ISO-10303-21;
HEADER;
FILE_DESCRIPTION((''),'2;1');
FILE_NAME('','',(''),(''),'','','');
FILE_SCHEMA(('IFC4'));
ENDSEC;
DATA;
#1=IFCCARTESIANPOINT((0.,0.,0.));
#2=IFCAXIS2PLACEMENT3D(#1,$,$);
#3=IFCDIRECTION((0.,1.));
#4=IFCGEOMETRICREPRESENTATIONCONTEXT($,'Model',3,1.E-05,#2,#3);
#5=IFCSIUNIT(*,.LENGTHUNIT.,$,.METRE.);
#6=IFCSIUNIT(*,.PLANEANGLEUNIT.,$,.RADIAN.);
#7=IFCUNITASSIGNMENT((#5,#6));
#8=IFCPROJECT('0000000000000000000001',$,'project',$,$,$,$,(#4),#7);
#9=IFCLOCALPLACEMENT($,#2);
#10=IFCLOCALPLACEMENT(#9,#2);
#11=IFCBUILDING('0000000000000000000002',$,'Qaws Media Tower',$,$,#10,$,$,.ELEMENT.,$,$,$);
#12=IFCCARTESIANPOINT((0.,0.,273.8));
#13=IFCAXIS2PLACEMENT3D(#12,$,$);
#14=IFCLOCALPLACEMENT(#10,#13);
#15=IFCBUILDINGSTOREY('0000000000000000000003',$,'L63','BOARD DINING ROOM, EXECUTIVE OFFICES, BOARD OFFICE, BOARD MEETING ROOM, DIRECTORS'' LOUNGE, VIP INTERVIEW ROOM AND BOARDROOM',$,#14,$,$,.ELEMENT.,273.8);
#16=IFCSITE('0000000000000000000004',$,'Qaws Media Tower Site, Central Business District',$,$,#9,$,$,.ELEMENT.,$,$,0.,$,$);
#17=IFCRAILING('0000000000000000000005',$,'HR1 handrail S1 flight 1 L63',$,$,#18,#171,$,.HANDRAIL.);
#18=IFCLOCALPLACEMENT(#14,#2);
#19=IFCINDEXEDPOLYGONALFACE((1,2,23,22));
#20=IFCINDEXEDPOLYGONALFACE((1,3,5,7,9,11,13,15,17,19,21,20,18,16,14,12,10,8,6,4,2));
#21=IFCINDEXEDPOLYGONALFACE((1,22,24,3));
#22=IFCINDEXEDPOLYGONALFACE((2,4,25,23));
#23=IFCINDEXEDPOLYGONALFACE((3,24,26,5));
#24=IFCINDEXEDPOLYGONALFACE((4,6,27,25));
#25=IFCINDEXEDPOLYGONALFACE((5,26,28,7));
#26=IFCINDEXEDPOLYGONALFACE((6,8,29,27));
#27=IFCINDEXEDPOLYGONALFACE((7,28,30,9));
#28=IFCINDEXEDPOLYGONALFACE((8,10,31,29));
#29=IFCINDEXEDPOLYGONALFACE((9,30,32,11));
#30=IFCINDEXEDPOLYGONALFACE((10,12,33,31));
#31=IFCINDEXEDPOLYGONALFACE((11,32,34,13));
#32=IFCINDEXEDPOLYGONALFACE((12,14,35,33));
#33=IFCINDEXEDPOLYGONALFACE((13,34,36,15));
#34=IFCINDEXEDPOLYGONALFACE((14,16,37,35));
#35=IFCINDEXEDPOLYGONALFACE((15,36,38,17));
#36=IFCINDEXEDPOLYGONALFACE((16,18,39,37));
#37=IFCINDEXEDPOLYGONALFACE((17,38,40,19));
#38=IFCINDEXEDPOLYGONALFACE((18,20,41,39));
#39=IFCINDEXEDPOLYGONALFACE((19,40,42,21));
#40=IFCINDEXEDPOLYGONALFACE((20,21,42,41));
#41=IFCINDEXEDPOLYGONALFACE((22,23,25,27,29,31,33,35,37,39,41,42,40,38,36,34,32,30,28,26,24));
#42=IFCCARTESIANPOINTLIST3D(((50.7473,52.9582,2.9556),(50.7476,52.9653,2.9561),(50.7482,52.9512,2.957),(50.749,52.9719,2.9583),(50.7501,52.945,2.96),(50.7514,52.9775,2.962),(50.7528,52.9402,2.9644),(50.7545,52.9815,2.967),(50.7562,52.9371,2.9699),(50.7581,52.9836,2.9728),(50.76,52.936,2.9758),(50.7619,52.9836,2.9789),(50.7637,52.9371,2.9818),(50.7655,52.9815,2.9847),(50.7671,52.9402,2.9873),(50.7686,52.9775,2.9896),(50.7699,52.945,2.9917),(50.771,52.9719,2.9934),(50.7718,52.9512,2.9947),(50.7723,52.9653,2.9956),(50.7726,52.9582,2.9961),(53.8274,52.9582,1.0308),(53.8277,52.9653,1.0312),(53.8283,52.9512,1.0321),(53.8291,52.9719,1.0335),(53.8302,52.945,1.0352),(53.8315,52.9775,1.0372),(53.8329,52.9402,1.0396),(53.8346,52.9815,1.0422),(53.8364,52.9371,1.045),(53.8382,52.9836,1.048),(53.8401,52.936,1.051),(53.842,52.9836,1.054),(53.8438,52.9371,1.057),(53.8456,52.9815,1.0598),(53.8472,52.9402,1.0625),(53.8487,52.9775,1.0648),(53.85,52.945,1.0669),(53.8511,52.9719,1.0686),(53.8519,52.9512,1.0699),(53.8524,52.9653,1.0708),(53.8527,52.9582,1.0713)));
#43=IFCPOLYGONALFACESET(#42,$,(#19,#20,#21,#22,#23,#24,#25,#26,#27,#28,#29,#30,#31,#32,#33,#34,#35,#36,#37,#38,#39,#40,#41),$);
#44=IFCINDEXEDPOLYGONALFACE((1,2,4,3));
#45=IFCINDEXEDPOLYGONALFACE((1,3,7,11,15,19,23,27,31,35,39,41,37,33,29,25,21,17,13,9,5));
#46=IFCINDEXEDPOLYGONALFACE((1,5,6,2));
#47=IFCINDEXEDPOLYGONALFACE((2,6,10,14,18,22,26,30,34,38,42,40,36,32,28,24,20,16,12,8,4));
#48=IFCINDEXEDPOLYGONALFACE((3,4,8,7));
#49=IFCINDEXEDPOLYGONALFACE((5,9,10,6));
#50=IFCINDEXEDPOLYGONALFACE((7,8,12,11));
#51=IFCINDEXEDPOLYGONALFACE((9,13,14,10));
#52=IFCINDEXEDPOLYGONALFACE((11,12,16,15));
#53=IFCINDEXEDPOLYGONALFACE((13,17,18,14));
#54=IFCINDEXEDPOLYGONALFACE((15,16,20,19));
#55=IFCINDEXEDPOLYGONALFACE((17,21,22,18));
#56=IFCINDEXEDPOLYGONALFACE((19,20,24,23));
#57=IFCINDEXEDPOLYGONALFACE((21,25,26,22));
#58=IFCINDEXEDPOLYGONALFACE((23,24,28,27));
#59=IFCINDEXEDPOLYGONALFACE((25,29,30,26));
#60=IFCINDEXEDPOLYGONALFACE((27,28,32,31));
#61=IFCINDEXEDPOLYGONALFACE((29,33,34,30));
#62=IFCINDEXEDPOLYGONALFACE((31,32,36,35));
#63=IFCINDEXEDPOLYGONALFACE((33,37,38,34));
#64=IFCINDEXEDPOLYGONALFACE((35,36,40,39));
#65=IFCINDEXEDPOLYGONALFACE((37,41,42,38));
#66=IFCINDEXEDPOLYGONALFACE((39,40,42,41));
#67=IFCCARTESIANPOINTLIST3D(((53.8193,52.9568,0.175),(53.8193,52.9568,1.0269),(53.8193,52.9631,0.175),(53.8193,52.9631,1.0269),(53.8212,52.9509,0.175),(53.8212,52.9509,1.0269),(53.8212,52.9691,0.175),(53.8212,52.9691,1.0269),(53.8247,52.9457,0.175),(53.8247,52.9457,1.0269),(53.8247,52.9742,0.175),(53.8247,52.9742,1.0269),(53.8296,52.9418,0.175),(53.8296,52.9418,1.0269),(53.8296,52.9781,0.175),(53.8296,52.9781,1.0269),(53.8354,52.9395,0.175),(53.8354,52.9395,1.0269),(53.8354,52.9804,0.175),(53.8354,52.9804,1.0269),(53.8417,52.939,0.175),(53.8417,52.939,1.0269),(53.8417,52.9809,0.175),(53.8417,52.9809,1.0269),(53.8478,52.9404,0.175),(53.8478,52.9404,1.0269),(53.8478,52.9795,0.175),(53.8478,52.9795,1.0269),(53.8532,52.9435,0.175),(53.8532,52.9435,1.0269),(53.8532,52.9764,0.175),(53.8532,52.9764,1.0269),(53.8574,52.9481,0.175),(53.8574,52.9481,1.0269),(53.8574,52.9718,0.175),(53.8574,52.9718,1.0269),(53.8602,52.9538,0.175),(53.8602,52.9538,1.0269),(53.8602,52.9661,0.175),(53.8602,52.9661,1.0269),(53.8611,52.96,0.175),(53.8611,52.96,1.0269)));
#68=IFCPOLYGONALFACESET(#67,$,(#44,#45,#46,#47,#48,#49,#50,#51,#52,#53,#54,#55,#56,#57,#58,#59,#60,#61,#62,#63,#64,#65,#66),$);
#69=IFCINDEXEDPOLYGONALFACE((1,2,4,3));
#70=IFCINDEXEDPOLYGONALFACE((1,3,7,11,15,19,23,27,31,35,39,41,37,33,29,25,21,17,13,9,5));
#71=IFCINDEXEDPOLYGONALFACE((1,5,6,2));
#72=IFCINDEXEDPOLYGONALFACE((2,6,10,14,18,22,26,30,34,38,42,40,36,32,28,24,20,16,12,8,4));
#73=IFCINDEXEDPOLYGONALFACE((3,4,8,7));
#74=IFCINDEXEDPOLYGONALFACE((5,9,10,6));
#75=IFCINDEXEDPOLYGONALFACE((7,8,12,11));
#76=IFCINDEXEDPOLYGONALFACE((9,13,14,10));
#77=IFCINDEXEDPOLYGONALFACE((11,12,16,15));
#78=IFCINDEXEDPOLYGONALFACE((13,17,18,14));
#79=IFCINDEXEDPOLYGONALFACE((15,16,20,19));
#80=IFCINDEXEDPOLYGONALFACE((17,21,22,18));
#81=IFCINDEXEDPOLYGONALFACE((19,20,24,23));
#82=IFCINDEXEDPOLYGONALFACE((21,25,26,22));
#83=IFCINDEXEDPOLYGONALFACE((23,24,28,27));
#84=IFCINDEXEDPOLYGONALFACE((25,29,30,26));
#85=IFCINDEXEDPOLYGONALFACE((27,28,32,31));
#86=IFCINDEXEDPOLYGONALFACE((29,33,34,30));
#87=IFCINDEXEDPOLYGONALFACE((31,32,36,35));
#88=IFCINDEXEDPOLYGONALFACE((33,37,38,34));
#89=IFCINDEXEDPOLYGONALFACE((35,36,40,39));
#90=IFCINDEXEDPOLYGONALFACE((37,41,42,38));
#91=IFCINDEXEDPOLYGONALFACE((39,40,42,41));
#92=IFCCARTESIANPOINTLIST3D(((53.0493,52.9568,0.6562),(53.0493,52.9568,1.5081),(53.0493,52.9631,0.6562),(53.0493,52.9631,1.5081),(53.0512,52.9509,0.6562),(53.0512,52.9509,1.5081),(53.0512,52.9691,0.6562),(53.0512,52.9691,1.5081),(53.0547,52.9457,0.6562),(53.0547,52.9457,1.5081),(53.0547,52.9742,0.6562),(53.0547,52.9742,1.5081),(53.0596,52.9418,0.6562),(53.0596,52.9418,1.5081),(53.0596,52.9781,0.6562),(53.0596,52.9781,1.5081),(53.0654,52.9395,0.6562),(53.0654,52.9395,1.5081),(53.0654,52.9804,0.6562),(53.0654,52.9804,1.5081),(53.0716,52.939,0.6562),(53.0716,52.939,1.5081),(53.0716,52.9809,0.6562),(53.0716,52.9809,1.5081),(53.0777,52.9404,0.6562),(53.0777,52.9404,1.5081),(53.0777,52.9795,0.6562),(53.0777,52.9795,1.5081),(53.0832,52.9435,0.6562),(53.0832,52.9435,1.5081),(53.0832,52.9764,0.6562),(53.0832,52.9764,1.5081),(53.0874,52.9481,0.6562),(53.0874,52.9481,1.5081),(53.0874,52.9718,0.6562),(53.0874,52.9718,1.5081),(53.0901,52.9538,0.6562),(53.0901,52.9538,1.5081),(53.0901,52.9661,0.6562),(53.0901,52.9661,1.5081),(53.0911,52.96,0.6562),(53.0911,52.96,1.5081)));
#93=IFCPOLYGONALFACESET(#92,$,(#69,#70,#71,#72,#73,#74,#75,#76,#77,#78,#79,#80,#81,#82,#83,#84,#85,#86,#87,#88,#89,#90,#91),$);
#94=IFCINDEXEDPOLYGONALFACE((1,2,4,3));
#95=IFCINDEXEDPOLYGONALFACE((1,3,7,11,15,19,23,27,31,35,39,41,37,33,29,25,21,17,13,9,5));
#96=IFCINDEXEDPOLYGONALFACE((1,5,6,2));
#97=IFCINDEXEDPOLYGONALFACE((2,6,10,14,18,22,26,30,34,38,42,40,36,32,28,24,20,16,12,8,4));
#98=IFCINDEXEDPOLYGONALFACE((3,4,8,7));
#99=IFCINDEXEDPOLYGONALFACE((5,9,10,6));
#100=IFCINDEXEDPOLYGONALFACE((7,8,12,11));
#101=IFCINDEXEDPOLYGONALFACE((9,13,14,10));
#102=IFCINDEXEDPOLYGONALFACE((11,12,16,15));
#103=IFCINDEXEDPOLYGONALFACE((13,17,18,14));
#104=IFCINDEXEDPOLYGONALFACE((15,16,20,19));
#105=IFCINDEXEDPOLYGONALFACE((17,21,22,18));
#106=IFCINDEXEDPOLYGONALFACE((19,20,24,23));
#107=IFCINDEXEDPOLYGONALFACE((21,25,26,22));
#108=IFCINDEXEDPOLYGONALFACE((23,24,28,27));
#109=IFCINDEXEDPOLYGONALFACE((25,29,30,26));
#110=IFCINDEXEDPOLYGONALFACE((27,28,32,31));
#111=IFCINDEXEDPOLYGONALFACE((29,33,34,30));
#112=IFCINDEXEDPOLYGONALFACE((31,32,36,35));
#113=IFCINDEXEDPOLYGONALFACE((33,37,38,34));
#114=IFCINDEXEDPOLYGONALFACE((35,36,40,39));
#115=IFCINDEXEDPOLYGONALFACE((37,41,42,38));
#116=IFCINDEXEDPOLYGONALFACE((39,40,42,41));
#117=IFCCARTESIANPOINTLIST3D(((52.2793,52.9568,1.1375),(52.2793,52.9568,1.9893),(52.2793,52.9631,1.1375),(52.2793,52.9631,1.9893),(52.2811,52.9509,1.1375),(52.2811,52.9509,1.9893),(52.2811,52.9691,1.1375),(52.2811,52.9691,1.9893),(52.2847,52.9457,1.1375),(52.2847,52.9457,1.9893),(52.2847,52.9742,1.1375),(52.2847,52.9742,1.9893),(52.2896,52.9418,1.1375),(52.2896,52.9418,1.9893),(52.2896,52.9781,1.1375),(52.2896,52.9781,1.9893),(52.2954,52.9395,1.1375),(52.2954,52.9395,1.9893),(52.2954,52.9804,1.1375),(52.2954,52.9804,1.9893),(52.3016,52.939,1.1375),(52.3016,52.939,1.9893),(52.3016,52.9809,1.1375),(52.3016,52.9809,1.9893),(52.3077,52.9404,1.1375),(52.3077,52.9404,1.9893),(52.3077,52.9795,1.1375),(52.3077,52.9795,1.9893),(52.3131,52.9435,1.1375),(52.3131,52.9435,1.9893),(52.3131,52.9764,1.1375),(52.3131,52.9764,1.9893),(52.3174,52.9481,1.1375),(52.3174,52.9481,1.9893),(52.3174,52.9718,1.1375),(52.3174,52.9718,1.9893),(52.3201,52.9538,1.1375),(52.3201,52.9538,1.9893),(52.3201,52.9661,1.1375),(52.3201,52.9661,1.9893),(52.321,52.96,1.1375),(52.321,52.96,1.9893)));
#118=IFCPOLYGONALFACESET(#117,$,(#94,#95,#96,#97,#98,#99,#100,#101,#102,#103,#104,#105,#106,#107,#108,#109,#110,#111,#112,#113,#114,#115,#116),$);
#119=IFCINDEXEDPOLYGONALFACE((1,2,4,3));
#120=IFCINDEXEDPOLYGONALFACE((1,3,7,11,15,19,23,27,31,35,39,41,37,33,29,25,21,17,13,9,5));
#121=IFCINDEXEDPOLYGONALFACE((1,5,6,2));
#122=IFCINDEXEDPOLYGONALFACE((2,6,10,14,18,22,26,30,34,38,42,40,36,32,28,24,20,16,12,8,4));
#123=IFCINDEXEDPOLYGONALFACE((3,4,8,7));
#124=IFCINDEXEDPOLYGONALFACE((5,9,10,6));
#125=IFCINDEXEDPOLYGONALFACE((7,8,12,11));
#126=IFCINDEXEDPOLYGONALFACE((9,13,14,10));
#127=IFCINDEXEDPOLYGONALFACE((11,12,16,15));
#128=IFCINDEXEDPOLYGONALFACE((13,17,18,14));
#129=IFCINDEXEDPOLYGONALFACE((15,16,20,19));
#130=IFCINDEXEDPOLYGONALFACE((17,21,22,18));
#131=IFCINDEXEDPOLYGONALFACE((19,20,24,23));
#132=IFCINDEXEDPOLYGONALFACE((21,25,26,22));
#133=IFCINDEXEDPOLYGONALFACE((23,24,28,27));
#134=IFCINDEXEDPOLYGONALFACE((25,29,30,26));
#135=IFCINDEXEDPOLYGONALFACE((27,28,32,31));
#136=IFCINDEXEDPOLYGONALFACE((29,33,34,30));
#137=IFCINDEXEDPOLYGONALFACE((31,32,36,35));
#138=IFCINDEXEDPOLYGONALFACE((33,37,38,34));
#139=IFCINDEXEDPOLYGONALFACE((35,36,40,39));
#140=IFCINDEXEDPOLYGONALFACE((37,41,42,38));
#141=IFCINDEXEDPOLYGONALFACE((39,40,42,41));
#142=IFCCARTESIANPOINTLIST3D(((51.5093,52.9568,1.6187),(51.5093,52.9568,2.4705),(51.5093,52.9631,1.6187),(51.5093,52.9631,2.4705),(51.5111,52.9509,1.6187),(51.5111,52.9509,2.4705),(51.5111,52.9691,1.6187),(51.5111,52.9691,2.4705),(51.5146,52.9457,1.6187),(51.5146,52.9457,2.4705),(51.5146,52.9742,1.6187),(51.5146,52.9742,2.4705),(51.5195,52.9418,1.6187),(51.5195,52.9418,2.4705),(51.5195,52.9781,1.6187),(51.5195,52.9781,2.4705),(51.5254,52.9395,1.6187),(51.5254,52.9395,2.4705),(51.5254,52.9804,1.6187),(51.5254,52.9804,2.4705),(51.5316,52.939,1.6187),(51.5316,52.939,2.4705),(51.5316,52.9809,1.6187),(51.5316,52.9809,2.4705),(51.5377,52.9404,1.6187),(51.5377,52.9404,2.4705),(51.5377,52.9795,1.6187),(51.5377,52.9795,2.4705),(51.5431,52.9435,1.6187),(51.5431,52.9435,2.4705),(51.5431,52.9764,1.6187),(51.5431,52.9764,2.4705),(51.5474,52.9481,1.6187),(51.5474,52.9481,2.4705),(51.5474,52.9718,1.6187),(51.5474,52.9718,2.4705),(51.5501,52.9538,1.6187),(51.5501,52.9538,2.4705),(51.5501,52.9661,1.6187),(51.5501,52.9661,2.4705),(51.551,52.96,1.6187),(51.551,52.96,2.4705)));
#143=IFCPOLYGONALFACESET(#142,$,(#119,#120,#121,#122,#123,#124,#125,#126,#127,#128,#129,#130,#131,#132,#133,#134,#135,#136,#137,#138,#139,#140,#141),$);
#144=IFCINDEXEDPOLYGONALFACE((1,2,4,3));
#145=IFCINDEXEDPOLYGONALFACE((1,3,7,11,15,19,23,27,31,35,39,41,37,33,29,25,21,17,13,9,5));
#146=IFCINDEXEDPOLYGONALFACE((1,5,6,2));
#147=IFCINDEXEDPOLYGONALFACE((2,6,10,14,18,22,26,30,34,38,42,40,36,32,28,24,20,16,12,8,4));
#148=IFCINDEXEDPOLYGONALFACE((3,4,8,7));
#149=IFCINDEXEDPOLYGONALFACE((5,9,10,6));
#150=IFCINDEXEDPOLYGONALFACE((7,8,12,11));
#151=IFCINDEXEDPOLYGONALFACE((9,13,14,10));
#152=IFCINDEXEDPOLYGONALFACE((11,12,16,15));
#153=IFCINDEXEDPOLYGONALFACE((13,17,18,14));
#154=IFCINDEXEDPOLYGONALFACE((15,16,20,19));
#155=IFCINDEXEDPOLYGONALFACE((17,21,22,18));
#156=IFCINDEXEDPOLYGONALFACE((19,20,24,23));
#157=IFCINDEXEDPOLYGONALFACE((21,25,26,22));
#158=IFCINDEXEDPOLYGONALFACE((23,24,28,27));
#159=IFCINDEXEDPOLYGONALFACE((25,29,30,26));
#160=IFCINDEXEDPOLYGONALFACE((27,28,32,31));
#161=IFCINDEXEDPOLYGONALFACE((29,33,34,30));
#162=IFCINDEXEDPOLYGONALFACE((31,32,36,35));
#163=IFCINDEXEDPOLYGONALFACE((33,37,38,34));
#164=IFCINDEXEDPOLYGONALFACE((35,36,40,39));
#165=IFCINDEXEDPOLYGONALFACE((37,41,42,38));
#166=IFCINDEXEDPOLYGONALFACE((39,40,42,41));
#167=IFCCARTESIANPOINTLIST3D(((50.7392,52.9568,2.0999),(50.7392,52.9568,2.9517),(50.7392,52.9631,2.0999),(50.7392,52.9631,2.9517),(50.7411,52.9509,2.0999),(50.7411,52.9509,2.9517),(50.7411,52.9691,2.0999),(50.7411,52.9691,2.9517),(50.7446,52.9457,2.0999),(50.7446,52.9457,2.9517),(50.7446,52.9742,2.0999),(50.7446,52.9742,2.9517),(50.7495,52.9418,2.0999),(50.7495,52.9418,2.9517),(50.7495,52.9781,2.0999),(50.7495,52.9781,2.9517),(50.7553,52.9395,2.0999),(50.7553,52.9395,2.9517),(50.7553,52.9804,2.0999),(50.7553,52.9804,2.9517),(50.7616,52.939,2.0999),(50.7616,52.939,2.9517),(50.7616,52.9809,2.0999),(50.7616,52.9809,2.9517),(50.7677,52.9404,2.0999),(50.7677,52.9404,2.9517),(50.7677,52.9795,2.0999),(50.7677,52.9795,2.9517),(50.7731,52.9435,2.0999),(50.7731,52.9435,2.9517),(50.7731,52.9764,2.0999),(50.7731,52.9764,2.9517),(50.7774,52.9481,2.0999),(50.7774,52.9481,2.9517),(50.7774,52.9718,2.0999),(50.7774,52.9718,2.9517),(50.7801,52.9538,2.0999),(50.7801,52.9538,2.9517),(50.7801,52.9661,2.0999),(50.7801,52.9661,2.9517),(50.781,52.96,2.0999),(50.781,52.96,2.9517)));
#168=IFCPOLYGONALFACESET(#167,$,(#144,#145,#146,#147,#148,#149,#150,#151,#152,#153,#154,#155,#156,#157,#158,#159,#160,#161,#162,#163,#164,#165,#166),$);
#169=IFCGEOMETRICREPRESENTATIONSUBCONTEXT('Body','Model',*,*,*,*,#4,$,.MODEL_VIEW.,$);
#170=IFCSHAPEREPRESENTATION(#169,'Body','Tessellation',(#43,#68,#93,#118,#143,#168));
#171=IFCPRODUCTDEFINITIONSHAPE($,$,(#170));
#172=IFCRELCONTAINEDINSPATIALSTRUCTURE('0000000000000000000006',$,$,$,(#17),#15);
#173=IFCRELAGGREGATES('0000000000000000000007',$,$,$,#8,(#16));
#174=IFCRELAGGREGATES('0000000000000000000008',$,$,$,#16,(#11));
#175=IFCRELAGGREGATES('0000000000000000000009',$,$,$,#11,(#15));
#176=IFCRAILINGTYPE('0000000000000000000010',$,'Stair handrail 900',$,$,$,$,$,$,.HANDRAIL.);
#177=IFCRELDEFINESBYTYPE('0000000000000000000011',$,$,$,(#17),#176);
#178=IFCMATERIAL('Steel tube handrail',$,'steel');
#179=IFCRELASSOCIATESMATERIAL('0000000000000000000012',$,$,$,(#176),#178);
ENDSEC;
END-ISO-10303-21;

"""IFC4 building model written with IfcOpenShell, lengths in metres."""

from ifc_helpers import new_model, si_unit, direction, frame, origin, origin_2d, place, context, subcontext, project, spatial, circle, extrude, material, type_object, element, save


model = new_model("IFC4")

# Units and contexts
model_context = context("Model", 3, precision=1e-05, world=origin(), true_north=direction((0.0, 1.0)))
body_context = subcontext(model_context, "Body", "Model", "MODEL_VIEW")
ifc_project = project(units=[si_unit("LENGTHUNIT", "METRE"), si_unit("PLANEANGLEUNIT", "RADIAN")], contexts=[model_context])

# Site, building, storey
site_placement = place(None, origin())
site = spatial("IfcSite", under=ifc_project, at=site_placement, Name="Qaws Media Tower Site, Central Business District", CompositionType="ELEMENT", RefElevation=0.0)
building_placement = place(site_placement, origin())
building = spatial("IfcBuilding", under=site, at=building_placement, Name="Qaws Media Tower", CompositionType="ELEMENT")
storey_placement = place(building_placement, frame((0.0, 0.0, 273.8)))
storey = spatial("IfcBuildingStorey", under=building, at=storey_placement, Name="L63", Description="BOARD DINING ROOM, EXECUTIVE OFFICES, BOARD OFFICE, BOARD MEETING ROOM, DIRECTORS' LOUNGE, VIP INTERVIEW ROOM AND BOARDROOM", CompositionType="ELEMENT", Elevation=273.8)

# Railing
ifc_material_1 = material(Name="Steel tube handrail", Category="steel")
railing_type = type_object("IfcRailingType", Name="Stair handrail 900", PredefinedType="HANDRAIL", material=ifc_material_1)
for number, where, name in (
    (1, (53.8401, 52.96, 0.175), "HR1 handrail S1 flight 1 L63"),
):
    element("IfcRailing", number, at=place(storey_placement, frame(where)), inside=storey, type_object=railing_type, Name=name, PredefinedType="HANDRAIL", context=body_context, shape_type="SweptSolid", body=[
        extrude(circle(Radius=0.0239, at=origin_2d()), frame((0.0, 0.0, 0.876), z_axis=(-0.848029, 0.0, 0.529951), x_axis=(0.0, -1.0, 0.0)), (0.0, 0.0, 1.0), 3.6321),
        extrude(circle(Radius=0.021, at=origin_2d()), origin(), (0.0, 0.0, 1.0), 0.8518),
        extrude(circle(Radius=0.021, at=origin_2d()), frame((-0.77, 0.0, 0.4812)), (0.0, 0.0, 1.0), 0.8518),
        extrude(circle(Radius=0.021, at=origin_2d()), frame((-1.54, 0.0, 0.9624)), (0.0, 0.0, 1.0), 0.8518),
        extrude(circle(Radius=0.021, at=origin_2d()), frame((-2.3101, 0.0, 1.4436)), (0.0, 0.0, 1.0), 0.8518),
        extrude(circle(Radius=0.021, at=origin_2d()), frame((-3.0801, 0.0, 1.9248)), (0.0, 0.0, 1.0), 0.8518),
    ])

save(model, "model.ifc")
